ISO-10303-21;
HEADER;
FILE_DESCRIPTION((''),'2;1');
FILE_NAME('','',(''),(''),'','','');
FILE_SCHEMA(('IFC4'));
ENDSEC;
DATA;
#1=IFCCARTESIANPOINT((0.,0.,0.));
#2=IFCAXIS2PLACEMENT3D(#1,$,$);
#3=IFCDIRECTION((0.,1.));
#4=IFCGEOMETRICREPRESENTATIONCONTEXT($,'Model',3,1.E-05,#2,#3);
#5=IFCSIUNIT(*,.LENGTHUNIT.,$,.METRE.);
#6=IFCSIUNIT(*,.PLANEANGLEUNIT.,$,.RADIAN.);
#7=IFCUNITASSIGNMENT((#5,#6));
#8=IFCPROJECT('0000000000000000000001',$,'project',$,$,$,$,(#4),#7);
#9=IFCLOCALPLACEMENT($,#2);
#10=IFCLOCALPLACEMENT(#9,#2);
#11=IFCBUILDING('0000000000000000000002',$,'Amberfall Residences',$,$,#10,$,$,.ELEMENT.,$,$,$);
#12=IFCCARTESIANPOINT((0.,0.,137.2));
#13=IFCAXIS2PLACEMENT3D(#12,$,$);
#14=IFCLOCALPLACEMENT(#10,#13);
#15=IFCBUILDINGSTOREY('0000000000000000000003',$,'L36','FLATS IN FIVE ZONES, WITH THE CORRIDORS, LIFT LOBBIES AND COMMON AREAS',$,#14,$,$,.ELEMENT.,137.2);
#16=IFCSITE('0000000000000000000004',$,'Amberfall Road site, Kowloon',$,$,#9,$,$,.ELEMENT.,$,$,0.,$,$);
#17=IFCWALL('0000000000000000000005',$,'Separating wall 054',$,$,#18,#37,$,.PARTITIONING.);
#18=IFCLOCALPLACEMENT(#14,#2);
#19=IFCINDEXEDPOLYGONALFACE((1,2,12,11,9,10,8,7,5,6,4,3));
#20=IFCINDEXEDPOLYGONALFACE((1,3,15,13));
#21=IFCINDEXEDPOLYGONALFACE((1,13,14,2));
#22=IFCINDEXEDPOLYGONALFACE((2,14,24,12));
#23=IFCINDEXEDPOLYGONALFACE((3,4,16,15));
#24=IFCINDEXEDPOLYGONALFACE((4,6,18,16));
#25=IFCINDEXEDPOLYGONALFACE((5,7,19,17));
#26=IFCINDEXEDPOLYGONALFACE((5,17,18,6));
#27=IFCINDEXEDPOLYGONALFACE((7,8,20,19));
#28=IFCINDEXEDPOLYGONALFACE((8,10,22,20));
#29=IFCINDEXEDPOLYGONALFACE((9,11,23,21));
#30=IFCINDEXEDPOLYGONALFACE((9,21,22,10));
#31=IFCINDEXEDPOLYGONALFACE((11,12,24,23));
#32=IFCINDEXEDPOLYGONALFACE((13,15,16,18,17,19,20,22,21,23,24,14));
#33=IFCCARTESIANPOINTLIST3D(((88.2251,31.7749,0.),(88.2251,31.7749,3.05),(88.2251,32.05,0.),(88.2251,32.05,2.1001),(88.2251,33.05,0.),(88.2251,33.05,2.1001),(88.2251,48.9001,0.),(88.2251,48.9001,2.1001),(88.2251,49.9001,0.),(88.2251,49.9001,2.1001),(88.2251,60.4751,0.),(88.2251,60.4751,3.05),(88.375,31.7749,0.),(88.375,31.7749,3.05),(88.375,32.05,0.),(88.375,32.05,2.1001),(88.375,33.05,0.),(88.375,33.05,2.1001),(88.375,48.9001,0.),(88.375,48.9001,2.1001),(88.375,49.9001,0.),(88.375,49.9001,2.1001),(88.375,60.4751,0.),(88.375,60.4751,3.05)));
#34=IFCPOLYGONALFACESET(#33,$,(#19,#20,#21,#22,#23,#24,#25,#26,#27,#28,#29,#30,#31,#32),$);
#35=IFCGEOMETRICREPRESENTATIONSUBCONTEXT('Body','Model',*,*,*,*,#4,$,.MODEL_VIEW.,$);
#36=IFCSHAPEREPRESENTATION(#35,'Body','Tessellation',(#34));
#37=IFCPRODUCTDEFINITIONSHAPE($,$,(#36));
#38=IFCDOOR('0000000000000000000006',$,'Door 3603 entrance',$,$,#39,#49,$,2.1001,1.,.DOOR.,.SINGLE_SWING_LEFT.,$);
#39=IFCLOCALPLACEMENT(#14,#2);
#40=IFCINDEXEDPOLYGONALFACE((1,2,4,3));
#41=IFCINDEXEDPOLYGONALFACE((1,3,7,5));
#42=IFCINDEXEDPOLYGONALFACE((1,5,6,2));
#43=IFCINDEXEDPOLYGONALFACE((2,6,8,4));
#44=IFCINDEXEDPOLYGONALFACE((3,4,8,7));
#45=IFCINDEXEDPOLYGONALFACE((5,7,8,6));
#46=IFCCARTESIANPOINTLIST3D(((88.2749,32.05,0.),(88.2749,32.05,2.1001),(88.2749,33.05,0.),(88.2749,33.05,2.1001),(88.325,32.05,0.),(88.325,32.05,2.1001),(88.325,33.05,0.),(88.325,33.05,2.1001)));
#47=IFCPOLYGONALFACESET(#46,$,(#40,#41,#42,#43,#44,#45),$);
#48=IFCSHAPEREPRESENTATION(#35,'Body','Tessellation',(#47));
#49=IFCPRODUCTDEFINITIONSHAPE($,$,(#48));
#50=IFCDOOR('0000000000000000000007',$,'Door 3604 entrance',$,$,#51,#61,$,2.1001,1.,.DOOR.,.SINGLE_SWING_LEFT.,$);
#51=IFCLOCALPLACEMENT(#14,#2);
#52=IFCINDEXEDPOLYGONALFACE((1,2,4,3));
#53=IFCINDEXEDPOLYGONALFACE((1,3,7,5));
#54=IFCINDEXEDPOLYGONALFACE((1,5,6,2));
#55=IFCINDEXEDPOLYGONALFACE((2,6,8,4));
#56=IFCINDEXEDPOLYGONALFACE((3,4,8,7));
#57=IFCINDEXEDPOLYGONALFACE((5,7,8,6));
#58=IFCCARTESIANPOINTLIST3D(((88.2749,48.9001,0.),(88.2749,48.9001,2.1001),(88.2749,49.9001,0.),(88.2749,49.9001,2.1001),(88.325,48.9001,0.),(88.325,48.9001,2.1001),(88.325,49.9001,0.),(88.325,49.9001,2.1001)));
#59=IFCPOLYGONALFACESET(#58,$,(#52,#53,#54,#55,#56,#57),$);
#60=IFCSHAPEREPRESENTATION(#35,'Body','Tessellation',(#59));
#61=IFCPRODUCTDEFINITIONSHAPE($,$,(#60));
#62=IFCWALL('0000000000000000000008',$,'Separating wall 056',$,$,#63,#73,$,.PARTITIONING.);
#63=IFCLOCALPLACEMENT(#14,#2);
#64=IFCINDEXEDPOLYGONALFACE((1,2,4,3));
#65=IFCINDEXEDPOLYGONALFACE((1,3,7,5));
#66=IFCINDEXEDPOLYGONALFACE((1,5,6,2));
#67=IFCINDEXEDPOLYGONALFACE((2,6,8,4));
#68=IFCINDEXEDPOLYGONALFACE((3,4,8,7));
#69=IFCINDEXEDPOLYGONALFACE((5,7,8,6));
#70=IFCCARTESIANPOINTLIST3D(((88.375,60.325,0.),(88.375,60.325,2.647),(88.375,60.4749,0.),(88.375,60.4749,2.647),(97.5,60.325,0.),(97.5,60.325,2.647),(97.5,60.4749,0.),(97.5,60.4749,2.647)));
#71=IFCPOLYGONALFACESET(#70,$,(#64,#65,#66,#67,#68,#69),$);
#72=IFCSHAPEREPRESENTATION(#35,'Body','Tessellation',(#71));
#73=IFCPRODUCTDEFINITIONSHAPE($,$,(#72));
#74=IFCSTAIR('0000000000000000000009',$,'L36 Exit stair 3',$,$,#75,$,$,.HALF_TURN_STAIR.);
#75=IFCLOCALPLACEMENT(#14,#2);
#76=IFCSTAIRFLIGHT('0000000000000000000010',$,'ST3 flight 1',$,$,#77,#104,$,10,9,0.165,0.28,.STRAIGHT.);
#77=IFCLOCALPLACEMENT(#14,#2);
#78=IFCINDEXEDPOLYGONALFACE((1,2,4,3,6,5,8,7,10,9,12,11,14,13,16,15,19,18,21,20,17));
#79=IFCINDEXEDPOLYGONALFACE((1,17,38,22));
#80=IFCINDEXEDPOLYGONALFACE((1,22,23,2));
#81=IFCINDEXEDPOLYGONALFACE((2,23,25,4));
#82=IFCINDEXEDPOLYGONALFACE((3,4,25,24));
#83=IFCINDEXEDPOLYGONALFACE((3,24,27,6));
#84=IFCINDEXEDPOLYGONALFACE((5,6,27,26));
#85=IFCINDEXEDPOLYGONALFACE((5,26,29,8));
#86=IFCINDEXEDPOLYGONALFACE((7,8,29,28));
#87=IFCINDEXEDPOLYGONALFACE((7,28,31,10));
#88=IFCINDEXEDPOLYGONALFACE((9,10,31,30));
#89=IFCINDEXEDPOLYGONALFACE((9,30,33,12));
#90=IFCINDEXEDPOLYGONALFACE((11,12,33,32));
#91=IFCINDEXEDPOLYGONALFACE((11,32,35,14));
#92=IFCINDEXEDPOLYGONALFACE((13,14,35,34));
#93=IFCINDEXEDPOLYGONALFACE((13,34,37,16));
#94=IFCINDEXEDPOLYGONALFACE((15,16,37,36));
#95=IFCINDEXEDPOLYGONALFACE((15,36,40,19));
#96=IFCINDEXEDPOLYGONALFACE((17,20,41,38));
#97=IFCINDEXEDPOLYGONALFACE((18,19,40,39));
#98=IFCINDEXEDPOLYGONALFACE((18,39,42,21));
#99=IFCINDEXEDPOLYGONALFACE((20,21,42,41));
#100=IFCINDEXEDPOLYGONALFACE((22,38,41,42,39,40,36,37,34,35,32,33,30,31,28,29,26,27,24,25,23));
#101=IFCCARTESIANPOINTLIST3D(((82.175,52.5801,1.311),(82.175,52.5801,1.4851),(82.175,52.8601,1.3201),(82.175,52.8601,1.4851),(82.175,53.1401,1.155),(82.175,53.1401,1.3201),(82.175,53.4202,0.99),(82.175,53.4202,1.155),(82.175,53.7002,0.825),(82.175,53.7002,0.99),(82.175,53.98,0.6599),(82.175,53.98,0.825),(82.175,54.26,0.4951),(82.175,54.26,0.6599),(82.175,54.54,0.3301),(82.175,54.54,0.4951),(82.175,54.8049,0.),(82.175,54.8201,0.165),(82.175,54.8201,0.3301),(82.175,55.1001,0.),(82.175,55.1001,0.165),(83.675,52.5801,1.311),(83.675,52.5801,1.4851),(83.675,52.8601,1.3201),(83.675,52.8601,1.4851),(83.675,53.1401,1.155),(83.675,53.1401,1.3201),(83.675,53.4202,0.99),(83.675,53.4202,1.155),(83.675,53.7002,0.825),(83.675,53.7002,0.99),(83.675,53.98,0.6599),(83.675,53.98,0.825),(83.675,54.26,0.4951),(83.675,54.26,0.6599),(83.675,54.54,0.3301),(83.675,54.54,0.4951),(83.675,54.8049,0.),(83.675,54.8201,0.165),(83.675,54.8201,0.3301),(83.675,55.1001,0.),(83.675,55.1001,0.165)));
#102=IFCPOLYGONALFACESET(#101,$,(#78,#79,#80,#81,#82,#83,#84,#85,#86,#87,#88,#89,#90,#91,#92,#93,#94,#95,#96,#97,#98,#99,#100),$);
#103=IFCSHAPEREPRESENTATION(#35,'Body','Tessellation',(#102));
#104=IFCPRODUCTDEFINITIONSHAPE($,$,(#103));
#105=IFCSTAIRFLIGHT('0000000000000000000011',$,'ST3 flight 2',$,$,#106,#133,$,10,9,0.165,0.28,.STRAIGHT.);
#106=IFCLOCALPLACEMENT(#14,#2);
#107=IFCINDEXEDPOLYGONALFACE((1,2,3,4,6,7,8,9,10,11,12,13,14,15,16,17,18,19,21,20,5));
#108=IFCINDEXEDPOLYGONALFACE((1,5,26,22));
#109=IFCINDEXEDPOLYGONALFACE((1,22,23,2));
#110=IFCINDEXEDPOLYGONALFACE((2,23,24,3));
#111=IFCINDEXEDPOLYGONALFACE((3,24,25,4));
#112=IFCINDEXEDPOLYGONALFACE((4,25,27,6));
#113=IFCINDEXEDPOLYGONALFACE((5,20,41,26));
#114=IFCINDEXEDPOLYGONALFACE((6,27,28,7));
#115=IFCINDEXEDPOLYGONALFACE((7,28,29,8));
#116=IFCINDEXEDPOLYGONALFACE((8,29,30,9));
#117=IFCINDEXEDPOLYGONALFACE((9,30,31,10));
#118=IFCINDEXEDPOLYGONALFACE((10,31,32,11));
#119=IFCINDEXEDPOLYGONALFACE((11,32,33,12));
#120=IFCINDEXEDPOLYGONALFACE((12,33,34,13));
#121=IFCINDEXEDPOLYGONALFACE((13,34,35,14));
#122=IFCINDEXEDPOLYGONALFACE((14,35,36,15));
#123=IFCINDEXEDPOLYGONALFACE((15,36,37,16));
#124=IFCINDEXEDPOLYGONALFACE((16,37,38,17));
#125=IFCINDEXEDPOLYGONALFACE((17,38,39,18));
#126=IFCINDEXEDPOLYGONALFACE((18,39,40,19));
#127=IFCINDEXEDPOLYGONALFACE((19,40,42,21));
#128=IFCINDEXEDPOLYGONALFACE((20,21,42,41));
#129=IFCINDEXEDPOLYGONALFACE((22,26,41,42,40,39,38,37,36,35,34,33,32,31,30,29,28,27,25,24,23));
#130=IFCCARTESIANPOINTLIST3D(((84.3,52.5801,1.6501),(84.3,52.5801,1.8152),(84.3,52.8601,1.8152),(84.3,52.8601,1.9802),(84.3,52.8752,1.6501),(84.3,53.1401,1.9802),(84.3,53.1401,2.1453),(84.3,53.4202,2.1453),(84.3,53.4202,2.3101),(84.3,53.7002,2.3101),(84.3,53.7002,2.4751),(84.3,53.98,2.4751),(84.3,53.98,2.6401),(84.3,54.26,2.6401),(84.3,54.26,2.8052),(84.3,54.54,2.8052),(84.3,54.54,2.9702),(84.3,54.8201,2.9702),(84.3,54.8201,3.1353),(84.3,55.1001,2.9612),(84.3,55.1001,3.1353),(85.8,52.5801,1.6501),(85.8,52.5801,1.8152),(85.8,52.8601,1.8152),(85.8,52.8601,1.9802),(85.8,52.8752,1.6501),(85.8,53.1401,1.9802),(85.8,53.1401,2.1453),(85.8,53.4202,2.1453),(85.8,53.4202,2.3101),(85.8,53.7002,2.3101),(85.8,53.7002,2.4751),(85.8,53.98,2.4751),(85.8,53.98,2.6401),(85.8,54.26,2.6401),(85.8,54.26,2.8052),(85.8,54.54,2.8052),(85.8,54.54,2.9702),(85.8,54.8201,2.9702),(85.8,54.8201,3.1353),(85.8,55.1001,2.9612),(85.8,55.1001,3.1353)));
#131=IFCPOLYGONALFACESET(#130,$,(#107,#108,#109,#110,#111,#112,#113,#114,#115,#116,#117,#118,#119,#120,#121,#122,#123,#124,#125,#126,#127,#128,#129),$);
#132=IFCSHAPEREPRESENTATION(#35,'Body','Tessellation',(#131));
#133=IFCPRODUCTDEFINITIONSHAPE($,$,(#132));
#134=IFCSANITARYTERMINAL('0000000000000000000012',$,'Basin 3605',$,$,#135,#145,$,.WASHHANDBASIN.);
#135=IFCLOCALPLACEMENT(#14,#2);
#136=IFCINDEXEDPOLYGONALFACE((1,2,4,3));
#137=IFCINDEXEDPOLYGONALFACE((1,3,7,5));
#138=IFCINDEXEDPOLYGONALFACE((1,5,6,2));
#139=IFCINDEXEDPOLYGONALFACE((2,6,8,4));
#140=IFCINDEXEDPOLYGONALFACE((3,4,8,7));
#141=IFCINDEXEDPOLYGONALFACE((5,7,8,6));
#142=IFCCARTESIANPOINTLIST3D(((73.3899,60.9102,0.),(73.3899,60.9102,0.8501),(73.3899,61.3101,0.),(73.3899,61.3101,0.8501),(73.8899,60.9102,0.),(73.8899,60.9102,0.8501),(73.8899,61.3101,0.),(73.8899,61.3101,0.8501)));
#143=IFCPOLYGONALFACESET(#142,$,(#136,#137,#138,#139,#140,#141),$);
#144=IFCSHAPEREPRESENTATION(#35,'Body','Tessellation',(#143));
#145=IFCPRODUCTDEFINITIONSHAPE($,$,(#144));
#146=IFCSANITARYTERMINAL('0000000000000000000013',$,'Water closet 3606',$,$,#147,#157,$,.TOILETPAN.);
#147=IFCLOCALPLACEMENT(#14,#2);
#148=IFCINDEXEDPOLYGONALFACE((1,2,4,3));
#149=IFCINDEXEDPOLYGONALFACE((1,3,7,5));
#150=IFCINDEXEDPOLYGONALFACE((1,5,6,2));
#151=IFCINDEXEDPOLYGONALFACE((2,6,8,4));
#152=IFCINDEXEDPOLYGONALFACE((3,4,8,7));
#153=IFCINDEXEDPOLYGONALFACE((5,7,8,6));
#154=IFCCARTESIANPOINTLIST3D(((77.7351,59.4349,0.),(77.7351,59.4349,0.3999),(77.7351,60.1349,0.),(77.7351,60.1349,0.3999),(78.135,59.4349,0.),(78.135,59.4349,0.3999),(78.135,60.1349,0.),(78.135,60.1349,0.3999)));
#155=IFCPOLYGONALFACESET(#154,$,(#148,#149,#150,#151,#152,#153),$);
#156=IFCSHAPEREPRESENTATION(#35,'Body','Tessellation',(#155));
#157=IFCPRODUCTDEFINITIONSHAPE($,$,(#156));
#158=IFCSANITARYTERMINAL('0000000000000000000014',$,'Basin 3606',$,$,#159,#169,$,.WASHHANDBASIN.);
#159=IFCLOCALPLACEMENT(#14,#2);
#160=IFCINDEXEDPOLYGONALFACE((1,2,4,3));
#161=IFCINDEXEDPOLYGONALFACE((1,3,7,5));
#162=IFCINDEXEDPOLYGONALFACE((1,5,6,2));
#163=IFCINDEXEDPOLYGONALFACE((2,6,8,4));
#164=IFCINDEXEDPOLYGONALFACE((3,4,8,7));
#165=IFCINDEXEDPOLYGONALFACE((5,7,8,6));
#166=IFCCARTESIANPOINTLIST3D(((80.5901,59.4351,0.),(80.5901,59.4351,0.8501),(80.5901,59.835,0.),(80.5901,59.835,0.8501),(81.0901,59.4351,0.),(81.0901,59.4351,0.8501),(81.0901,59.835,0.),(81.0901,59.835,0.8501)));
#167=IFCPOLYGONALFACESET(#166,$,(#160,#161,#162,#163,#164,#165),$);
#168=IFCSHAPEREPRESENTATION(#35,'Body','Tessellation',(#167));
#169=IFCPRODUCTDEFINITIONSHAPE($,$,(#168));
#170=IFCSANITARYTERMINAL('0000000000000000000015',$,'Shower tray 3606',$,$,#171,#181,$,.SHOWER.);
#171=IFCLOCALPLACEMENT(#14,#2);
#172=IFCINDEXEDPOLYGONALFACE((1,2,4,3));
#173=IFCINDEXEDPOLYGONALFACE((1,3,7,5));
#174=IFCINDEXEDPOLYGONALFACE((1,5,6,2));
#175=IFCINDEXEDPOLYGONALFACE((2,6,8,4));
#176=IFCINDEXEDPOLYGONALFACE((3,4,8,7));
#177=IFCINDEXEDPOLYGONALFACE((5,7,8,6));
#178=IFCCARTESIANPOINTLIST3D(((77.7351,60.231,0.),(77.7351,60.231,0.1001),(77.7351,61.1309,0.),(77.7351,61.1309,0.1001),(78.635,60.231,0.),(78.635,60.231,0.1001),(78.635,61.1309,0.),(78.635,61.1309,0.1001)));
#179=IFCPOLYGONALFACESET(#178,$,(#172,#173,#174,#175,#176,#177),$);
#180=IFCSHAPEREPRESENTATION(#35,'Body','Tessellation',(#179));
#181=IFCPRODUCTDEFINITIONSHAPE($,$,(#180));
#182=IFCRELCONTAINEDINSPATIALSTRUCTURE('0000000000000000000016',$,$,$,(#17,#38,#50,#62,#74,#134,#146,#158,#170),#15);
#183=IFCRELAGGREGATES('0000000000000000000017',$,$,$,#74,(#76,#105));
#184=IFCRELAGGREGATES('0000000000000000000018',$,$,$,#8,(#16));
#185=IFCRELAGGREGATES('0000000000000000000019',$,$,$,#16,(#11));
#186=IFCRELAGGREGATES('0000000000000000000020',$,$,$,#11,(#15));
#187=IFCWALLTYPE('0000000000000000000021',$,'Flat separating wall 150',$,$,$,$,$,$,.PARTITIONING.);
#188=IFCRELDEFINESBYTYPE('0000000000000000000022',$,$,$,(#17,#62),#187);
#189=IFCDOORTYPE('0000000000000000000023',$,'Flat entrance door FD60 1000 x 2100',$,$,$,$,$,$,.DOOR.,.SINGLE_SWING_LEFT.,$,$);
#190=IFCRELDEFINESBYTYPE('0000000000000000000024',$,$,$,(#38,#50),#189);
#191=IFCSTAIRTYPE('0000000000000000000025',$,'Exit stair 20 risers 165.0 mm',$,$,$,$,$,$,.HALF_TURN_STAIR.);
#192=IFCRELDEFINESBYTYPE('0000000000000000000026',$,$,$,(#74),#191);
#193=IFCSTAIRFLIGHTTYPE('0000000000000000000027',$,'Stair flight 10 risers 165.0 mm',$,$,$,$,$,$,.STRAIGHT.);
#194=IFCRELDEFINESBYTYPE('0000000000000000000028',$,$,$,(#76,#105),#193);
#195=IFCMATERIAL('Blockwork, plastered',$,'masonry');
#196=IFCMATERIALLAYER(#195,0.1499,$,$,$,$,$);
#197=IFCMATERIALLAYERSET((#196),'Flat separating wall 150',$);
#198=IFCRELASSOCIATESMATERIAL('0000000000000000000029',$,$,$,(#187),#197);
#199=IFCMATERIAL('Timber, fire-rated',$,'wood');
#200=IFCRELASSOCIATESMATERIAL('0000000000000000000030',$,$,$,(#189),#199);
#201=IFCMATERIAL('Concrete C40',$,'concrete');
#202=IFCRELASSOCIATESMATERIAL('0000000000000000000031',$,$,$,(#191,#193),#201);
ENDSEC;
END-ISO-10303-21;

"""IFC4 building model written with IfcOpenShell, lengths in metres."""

from ifc_helpers import new_model, si_unit, direction, frame, frame_2d, origin, origin_2d, place, context, subcontext, project, spatial, polyline, rectangle, outline, extrude, material, layer, layer_set, type_object, element, fill, aggregate, save


model = new_model("IFC4")

# Units and contexts
model_context = context("Model", 3, precision=1e-05, world=origin(), true_north=direction((0.0, 1.0)))
body_context = subcontext(model_context, "Body", "Model", "MODEL_VIEW")
ifc_project = project(units=[si_unit("LENGTHUNIT", "METRE"), si_unit("PLANEANGLEUNIT", "RADIAN")], contexts=[model_context])

# Site, building, storey
site_placement = place(None, origin())
site = spatial("IfcSite", under=ifc_project, at=site_placement, Name="Amberfall Road site, Kowloon", CompositionType="ELEMENT", RefElevation=0.0)
building_placement = place(site_placement, origin())
building = spatial("IfcBuilding", under=site, at=building_placement, Name="Amberfall Residences", CompositionType="ELEMENT")
storey_placement = place(building_placement, frame((0.0, 0.0, 137.2)))
storey = spatial("IfcBuildingStorey", under=building, at=storey_placement, Name="L36", Description="FLATS IN FIVE ZONES, WITH THE CORRIDORS, LIFT LOBBIES AND COMMON AREAS", CompositionType="ELEMENT", Elevation=137.2)

# Shared definitions
ifc_material_1 = material(Name="Blockwork, plastered", Category="masonry")
ifc_layer_1 = layer(ifc_material_1, 0.1499)
ifc_layer_set_1 = layer_set([ifc_layer_1], Name="Flat separating wall 150")
wall_type_1 = type_object("IfcWallType", Name="Flat separating wall 150", PredefinedType="PARTITIONING", material=ifc_layer_set_1)

# Wall, openings, doors
wall_1_placement = place(storey_placement, frame((88.3, 60.4751, 0.0), z_axis=(0.0, 0.0, 1.0), x_axis=(0.0, -1.0, 0.0)))
wall_1 = element("IfcWall", 1, at=wall_1_placement, inside=storey, type_object=wall_type_1, Name="Separating wall 054", PredefinedType="PARTITIONING", context=body_context, shape_type="SweptSolid", body=[
    extrude(rectangle(XDim=28.7002, YDim=0.1499, at=frame_2d((14.3501, 0.0))), origin(), (0.0, 0.0, 1.0), 3.05),
])
opening_1_placement = place(wall_1_placement, frame((27.425, 0.0, 0.0)))
opening_1 = element("IfcOpeningElement", 2, at=opening_1_placement, cuts=wall_1, PredefinedType="OPENING", context=body_context, shape_type="SweptSolid", body=[
    extrude(rectangle(XDim=1.0, YDim=2.1001, at=frame_2d((0.5, 1.05))), frame((0.0, 0.085, 0.0), z_axis=(0.0, -1.0, 0.0), x_axis=(1.0, 0.0, 0.0)), (0.0, 0.0, 1.0), 0.1699),
])
opening_2_placement = place(wall_1_placement, frame((10.575, 0.0, 0.0)))
opening_2 = element("IfcOpeningElement", 3, at=opening_2_placement, cuts=wall_1, PredefinedType="OPENING", context=body_context, shape_type="SweptSolid", body=[
    extrude(rectangle(XDim=1.0, YDim=2.1001, at=frame_2d((0.5, 1.05))), frame((0.0, 0.085, 0.0), z_axis=(0.0, -1.0, 0.0), x_axis=(1.0, 0.0, 0.0)), (0.0, 0.0, 1.0), 0.1699),
])
ifc_material_2 = material(Name="Timber, fire-rated", Category="wood")
door_type_1 = type_object("IfcDoorType", Name="Flat entrance door FD60 1000 x 2100", OperationType="SINGLE_SWING_LEFT", PredefinedType="DOOR", material=ifc_material_2)
door_1_placement = place(opening_1_placement, origin())
door_1 = element("IfcDoor", 4, at=door_1_placement, inside=storey, type_object=door_type_1, Name="Door 3603 entrance", OperationType="SINGLE_SWING_LEFT", OverallHeight=2.1001, OverallWidth=1.0, PredefinedType="DOOR", context=body_context, shape_type="SweptSolid", body=[
    extrude(rectangle(XDim=1.0, YDim=2.1001, at=frame_2d((0.5, 1.05))), frame((0.0, 0.0249, 0.0), z_axis=(0.0, -1.0, 0.0), x_axis=(1.0, 0.0, 0.0)), (0.0, 0.0, 1.0), 0.05),
])
fill(opening_1, door_1)
door_2_placement = place(opening_2_placement, origin())
door_2 = element("IfcDoor", 5, at=door_2_placement, inside=storey, type_object=door_type_1, Name="Door 3604 entrance", OperationType="SINGLE_SWING_LEFT", OverallHeight=2.1001, OverallWidth=1.0, PredefinedType="DOOR", context=body_context, shape_type="SweptSolid", body=[
    extrude(rectangle(XDim=1.0, YDim=2.1001, at=frame_2d((0.5, 1.05))), frame((0.0, 0.0249, 0.0), z_axis=(0.0, -1.0, 0.0), x_axis=(1.0, 0.0, 0.0)), (0.0, 0.0, 1.0), 0.05),
])
fill(opening_2, door_2)

# Wall
wall_2_placement = place(storey_placement, frame((88.375, 60.3999, 0.0), z_axis=(0.0, 0.0, 1.0), x_axis=(1.0, 0.0, 0.0)))
element("IfcWall", 6, at=wall_2_placement, inside=storey, type_object=wall_type_1, Name="Separating wall 056", PredefinedType="PARTITIONING", context=body_context, shape_type="SweptSolid", body=[
    extrude(rectangle(XDim=9.125, YDim=0.1499, at=frame_2d((4.5625, 0.0))), origin(), (0.0, 0.0, 1.0), 2.647),
])

# Stair, stair flights
ifc_material_3 = material(Name="Concrete C40", Category="concrete")
stair_type = type_object("IfcStairType", Name="Exit stair 20 risers 165.0 mm", PredefinedType="HALF_TURN_STAIR", material=ifc_material_3)
stair_placement = place(storey_placement, origin())
stair = element("IfcStair", 7, at=stair_placement, inside=storey, type_object=stair_type, Name="L36 Exit stair 3", PredefinedType="HALF_TURN_STAIR")
stair_flight_type = type_object("IfcStairFlightType", Name="Stair flight 10 risers 165.0 mm", PredefinedType="STRAIGHT", material=ifc_material_3)
stair_flight_1_placement = place(storey_placement, frame((82.925, 55.1001, 0.0), z_axis=(0.0, 0.0, 1.0), x_axis=(0.0, -1.0, 0.0)))
stair_flight_1 = element("IfcStairFlight", 8, at=stair_flight_1_placement, type_object=stair_flight_type, Name="ST3 flight 1", NumberOfRisers=10, NumberOfTreads=9, PredefinedType="STRAIGHT", RiserHeight=0.165, TreadLength=0.28, context=body_context, shape_type="SweptSolid", body=[
    extrude(outline(polyline([(0.0, 0.0), (0.0, 0.165), (0.28, 0.165), (0.28, 0.3301), (0.5601, 0.3301), (0.5601, 0.4951), (0.8401, 0.4951), (0.8401, 0.6599), (1.1201, 0.6599), (1.1201, 0.825), (1.3999, 0.825), (1.3999, 0.99), (1.6799, 0.99), (1.6799, 1.155), (1.96, 1.155), (1.96, 1.3201), (2.24, 1.3201), (2.24, 1.4851), (2.52, 1.4851), (2.52, 1.6499), (2.52, 1.311), (0.2952, 0.0), (0.0, 0.0)])), frame((0.0, 0.75, 0.0), z_axis=(0.0, -1.0, 0.0), x_axis=(1.0, 0.0, 0.0)), (0.0, 0.0, 1.0), 1.5),
])
stair_flight_2_placement = place(storey_placement, frame((85.05, 52.5801, 1.6501), z_axis=(0.0, 0.0, 1.0), x_axis=(0.0, 1.0, 0.0)))
stair_flight_2 = element("IfcStairFlight", 9, at=stair_flight_2_placement, type_object=stair_flight_type, Name="ST3 flight 2", NumberOfRisers=10, NumberOfTreads=9, PredefinedType="STRAIGHT", RiserHeight=0.165, TreadLength=0.28, context=body_context, shape_type="SweptSolid", body=[
    extrude(outline(polyline([(0.0, 0.0), (0.0, 0.165), (0.28, 0.165), (0.28, 0.3301), (0.5601, 0.3301), (0.5601, 0.4951), (0.8401, 0.4951), (0.8401, 0.6599), (1.1201, 0.6599), (1.1201, 0.825), (1.3999, 0.825), (1.3999, 0.99), (1.6799, 0.99), (1.6799, 1.155), (1.96, 1.155), (1.96, 1.3201), (2.24, 1.3201), (2.24, 1.4851), (2.52, 1.4851), (2.52, 1.6499), (2.52, 1.311), (0.2952, 0.0), (0.0, 0.0)])), frame((0.0, 0.75, 0.0), z_axis=(0.0, -1.0, 0.0), x_axis=(1.0, 0.0, 0.0)), (0.0, 0.0, 1.0), 1.5),
])
aggregate(stair, [stair_flight_1, stair_flight_2])

# Sanitary terminals
sanitary_terminal_1_placement = place(storey_placement, frame((73.6399, 61.1101, 0.0), z_axis=(0.0, 0.0, 1.0), x_axis=(1.0, 0.0, 0.0)))
element("IfcSanitaryTerminal", 10, at=sanitary_terminal_1_placement, inside=storey, Name="Basin 3605", PredefinedType="WASHHANDBASIN", context=body_context, shape_type="SweptSolid", body=[
    extrude(rectangle(XDim=0.5, YDim=0.3999, at=origin_2d()), origin(), (0.0, 0.0, 1.0), 0.8501),
])
sanitary_terminal_2_placement = place(storey_placement, frame((77.9351, 59.7849, 0.0), z_axis=(0.0, 0.0, 1.0), x_axis=(1.0, 0.0, 0.0)))
element("IfcSanitaryTerminal", 11, at=sanitary_terminal_2_placement, inside=storey, Name="Water closet 3606", PredefinedType="TOILETPAN", context=body_context, shape_type="SweptSolid", body=[
    extrude(rectangle(XDim=0.3999, YDim=0.7, at=origin_2d()), origin(), (0.0, 0.0, 1.0), 0.3999),
])
sanitary_terminal_3_placement = place(storey_placement, frame((80.8401, 59.635, 0.0), z_axis=(0.0, 0.0, 1.0), x_axis=(1.0, 0.0, 0.0)))
element("IfcSanitaryTerminal", 12, at=sanitary_terminal_3_placement, inside=storey, Name="Basin 3606", PredefinedType="WASHHANDBASIN", context=body_context, shape_type="SweptSolid", body=[
    extrude(rectangle(XDim=0.5, YDim=0.3999, at=origin_2d()), origin(), (0.0, 0.0, 1.0), 0.8501),
])
sanitary_terminal_4_placement = place(storey_placement, frame((78.1851, 60.6809, 0.0), z_axis=(0.0, 0.0, 1.0), x_axis=(1.0, 0.0, 0.0)))
element("IfcSanitaryTerminal", 13, at=sanitary_terminal_4_placement, inside=storey, Name="Shower tray 3606", PredefinedType="SHOWER", context=body_context, shape_type="SweptSolid", body=[
    extrude(rectangle(XDim=0.8999, YDim=0.8999, at=origin_2d()), origin(), (0.0, 0.0, 1.0), 0.1001),
])

save(model, "model.ifc")
